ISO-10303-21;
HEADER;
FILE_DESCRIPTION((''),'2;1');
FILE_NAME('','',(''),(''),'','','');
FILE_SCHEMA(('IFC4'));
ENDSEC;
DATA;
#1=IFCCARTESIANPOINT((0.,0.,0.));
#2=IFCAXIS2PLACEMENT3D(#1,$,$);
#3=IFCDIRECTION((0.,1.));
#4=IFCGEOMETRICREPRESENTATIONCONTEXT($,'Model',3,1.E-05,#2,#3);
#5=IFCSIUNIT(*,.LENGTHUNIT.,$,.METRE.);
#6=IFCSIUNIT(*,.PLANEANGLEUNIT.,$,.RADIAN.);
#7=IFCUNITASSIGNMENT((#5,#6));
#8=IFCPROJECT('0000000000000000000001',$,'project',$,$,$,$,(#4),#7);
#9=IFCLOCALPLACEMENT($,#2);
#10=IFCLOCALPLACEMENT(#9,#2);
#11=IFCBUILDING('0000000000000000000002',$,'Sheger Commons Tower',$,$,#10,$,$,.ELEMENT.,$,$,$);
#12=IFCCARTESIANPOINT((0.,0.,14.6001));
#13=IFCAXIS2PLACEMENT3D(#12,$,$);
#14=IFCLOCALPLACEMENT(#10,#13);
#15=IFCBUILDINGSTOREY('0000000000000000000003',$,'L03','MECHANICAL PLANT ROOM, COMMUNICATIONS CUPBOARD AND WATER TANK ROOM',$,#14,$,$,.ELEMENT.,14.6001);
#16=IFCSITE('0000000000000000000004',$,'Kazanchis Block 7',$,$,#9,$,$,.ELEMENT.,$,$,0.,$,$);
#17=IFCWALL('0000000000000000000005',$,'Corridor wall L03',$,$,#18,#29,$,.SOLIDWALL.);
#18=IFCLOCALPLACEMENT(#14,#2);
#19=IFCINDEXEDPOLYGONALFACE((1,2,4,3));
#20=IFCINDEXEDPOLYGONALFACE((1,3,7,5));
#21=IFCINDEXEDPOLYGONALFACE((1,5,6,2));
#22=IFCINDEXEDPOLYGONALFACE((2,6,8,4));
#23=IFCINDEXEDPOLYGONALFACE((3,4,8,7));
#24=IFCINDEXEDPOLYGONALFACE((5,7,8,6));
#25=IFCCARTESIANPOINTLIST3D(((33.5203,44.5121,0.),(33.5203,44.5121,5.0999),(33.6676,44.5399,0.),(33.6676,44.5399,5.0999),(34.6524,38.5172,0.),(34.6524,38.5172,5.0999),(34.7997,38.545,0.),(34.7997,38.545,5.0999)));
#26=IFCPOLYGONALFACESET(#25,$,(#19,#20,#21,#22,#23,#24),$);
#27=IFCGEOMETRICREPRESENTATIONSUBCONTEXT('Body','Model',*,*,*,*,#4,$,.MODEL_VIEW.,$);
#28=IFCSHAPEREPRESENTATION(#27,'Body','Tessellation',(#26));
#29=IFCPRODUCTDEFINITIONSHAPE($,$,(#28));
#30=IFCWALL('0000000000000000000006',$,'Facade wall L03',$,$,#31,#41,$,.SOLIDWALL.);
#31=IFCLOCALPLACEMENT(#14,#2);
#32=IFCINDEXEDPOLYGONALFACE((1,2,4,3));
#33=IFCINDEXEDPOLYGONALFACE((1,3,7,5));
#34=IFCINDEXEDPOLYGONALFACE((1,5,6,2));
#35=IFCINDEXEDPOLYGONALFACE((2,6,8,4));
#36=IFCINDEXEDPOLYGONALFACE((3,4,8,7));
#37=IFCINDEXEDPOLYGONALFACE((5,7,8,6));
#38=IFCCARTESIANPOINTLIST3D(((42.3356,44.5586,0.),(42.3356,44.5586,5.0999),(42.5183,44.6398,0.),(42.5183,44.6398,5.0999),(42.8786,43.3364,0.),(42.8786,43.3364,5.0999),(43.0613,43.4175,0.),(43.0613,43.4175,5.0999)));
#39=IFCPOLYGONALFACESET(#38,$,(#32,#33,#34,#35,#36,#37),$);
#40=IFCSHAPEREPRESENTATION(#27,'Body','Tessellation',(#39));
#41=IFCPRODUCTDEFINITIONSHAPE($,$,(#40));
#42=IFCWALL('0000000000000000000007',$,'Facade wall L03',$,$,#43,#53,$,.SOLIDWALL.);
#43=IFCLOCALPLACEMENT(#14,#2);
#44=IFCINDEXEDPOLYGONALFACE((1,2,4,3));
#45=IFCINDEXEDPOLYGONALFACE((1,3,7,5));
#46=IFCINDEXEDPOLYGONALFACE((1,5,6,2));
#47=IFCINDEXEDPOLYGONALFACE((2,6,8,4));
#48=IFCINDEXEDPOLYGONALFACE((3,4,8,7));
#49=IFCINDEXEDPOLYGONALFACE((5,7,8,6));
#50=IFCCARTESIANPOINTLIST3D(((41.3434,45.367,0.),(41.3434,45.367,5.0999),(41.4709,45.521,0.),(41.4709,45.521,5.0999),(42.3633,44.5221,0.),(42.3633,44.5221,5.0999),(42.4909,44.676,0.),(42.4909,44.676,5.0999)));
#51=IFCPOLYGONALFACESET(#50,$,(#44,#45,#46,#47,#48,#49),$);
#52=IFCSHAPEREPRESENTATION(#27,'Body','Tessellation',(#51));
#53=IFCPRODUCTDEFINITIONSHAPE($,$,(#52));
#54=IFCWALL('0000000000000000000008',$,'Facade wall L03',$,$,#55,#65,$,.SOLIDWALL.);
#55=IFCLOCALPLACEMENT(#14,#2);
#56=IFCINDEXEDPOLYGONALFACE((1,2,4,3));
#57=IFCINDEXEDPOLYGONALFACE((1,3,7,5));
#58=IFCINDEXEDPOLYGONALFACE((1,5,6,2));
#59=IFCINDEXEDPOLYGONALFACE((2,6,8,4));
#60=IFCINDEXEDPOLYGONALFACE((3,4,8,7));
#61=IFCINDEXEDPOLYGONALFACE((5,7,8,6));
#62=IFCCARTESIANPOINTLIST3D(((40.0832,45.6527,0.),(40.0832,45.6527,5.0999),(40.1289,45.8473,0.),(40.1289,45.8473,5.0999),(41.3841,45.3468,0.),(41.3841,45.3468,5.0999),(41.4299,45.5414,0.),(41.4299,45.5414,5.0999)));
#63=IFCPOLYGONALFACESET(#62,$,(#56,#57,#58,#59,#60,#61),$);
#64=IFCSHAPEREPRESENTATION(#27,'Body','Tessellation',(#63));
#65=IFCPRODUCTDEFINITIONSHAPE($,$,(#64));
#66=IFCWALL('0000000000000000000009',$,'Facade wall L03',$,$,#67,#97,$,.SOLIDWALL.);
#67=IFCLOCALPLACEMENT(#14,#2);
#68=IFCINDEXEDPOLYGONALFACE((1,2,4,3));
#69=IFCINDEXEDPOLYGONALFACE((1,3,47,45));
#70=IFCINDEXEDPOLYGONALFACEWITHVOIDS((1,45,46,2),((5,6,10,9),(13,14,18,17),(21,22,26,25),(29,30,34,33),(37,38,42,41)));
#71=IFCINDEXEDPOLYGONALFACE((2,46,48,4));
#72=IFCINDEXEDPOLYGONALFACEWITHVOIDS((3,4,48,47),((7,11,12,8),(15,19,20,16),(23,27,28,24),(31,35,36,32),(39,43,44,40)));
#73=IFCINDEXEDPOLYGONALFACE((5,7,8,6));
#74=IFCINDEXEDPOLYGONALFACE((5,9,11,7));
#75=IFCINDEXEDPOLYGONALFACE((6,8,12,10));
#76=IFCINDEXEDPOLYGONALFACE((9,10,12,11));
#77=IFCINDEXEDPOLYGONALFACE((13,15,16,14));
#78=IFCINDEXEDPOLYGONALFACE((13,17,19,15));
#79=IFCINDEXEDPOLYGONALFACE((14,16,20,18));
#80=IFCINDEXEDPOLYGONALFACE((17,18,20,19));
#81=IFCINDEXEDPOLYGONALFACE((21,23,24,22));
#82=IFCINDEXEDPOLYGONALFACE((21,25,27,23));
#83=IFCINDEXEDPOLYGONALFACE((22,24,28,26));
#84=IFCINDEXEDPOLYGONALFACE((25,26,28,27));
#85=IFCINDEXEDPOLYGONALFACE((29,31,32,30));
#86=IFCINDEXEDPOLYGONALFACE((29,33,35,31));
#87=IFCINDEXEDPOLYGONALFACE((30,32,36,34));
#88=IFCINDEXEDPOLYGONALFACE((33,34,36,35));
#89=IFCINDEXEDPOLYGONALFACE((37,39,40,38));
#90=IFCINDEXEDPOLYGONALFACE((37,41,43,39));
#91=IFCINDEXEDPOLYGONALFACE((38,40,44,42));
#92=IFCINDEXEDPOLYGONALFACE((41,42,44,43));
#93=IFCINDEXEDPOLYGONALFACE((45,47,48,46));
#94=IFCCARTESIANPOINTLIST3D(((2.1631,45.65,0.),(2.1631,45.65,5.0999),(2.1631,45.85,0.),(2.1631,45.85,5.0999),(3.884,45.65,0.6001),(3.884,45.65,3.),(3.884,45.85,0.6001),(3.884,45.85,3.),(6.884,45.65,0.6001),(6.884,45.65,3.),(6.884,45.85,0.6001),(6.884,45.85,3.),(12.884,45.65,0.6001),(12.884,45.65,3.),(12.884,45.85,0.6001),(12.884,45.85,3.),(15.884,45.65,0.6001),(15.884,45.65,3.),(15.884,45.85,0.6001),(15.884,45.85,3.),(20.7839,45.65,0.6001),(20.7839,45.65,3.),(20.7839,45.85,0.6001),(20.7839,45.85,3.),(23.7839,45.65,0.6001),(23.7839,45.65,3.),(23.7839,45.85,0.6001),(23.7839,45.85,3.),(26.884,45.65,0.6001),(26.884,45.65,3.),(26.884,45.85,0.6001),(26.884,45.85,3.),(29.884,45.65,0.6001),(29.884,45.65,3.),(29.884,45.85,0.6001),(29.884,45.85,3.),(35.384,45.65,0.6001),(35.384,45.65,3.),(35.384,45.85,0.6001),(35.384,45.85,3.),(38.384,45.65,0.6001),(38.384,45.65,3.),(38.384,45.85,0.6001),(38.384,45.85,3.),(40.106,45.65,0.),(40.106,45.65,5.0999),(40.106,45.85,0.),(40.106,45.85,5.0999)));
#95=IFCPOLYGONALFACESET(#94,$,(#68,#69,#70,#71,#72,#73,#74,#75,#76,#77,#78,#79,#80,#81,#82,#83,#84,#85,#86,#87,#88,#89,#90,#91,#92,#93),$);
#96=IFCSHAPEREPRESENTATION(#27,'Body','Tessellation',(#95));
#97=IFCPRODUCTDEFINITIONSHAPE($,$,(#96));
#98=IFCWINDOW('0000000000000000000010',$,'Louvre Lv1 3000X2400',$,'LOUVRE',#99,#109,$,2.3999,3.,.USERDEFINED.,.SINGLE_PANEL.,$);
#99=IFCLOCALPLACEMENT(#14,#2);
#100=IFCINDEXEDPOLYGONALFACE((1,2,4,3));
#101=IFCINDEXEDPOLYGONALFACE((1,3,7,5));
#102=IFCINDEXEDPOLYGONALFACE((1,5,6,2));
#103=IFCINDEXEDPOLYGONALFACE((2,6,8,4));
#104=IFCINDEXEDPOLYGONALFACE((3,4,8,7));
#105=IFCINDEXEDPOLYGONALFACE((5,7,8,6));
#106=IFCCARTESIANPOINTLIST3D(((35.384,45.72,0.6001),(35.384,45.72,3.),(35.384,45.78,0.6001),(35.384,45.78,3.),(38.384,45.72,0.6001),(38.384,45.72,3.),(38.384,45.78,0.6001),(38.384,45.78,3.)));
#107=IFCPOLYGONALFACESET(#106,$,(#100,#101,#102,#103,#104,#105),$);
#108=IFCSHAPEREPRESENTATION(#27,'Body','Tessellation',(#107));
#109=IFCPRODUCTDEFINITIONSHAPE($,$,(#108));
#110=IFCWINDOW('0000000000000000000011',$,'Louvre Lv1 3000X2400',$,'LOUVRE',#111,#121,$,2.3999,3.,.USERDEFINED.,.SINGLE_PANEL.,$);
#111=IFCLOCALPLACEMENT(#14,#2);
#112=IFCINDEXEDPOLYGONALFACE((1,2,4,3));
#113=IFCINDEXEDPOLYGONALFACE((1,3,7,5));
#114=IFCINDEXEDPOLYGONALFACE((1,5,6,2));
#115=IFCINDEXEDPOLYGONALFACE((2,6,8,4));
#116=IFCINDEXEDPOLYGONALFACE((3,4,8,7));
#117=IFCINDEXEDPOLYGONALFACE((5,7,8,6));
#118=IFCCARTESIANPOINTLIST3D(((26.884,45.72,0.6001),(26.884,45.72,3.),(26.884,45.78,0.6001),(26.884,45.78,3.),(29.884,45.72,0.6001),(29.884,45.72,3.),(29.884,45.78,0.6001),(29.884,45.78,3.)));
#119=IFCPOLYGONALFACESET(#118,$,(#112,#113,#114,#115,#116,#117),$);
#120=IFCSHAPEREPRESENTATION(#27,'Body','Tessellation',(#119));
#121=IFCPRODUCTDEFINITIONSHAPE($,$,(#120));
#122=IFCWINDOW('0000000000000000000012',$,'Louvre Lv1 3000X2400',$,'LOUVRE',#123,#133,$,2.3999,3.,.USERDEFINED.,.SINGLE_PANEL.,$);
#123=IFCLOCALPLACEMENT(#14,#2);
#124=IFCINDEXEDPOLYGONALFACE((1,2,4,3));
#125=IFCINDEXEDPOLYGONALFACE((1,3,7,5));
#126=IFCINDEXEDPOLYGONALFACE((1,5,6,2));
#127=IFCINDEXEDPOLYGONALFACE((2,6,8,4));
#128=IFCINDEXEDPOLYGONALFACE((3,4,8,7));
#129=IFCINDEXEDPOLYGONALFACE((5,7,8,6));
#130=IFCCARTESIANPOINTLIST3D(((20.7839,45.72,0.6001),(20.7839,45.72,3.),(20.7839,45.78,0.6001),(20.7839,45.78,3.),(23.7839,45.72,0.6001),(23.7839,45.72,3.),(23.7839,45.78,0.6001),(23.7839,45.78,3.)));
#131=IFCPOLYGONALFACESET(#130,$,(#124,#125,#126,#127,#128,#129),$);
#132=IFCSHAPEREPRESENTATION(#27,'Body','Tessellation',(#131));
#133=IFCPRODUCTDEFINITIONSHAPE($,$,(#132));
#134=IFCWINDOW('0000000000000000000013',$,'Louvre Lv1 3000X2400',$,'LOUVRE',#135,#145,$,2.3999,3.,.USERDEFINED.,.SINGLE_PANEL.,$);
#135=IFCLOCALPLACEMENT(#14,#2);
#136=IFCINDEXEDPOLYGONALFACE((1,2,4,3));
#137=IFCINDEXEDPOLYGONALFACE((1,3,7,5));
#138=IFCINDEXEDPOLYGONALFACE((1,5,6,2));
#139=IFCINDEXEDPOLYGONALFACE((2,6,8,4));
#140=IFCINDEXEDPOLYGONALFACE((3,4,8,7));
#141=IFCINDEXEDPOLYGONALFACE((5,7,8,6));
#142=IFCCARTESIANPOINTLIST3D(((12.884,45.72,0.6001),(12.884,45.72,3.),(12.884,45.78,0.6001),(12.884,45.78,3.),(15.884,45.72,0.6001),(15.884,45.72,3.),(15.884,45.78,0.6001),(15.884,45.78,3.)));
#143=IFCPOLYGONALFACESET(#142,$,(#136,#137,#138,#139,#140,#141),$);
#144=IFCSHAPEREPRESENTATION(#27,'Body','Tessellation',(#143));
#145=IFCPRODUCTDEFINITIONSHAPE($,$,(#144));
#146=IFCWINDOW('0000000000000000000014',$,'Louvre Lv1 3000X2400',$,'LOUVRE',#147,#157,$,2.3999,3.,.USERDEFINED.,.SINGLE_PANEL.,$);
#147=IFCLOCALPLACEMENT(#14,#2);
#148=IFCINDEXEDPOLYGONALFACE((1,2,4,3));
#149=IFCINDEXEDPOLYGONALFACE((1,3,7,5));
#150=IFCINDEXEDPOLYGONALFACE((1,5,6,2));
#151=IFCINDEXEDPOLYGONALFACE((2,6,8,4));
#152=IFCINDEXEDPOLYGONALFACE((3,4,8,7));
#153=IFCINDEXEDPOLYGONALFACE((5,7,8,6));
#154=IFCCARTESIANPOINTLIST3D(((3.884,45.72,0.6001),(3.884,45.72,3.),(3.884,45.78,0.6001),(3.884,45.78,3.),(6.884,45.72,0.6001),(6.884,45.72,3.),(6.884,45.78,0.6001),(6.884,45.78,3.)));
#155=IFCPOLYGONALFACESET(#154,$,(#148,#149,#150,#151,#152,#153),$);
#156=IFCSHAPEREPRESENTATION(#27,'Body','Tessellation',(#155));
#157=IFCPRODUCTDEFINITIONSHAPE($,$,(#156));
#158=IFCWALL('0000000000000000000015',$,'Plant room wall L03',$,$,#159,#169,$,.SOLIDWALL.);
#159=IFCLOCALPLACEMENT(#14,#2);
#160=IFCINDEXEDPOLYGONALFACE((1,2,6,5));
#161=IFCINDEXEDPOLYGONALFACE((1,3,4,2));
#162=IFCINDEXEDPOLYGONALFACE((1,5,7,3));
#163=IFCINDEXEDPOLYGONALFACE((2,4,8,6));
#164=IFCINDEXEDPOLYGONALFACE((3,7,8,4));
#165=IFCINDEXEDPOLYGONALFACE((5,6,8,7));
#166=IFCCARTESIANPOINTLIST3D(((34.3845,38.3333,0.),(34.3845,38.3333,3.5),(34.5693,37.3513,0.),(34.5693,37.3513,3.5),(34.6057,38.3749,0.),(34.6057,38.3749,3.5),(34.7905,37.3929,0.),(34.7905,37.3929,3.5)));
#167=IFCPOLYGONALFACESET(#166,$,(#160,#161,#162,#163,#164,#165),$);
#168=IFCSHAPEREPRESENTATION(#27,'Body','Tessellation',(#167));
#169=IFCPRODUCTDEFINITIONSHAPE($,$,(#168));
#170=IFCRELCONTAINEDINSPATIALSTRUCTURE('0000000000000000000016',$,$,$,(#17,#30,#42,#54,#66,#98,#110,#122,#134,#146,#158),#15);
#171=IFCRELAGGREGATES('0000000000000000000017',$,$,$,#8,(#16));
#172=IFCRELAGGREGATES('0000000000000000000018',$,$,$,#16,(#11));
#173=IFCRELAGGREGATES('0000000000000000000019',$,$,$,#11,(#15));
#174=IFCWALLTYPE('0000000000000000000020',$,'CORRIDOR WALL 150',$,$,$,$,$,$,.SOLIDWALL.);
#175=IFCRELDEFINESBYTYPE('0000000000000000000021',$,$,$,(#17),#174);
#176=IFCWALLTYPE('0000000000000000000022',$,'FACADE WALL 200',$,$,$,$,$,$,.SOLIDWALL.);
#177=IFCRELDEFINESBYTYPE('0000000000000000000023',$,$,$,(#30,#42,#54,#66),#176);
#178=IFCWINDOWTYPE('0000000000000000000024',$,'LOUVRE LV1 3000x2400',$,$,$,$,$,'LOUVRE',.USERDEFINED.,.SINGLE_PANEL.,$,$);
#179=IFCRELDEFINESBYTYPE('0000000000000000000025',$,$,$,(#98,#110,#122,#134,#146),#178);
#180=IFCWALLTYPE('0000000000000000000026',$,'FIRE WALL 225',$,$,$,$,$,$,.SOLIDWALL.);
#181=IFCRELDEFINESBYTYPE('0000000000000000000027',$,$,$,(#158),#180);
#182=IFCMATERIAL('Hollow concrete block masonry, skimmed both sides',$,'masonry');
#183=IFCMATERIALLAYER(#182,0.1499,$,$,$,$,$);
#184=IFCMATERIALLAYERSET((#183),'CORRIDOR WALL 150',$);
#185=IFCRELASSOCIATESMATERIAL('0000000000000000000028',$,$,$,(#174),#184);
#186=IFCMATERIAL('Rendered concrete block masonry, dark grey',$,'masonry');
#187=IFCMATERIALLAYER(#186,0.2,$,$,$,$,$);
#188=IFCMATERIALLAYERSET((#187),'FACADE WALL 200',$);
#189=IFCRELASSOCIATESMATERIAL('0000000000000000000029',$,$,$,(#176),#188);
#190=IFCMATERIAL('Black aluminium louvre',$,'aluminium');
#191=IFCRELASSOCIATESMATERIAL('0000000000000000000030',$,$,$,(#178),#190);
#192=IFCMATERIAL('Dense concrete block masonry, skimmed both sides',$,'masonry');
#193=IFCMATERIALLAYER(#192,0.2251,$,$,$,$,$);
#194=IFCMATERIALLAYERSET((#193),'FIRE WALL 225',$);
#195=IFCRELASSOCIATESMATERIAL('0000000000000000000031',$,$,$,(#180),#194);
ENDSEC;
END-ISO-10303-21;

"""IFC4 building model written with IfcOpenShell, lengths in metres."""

from ifc_helpers import new_model, si_unit, direction, frame, frame_2d, origin, place, context, subcontext, project, spatial, rectangle, extrude, material, layer, layer_set, type_object, element, fill, save


model = new_model("IFC4")

# Units and contexts
model_context = context("Model", 3, precision=1e-05, world=origin(), true_north=direction((0.0, 1.0)))
body_context = subcontext(model_context, "Body", "Model", "MODEL_VIEW")
ifc_project = project(units=[si_unit("LENGTHUNIT", "METRE"), si_unit("PLANEANGLEUNIT", "RADIAN")], contexts=[model_context])

# Site, building, storey
site_placement = place(None, origin())
site = spatial("IfcSite", under=ifc_project, at=site_placement, Name="Kazanchis Block 7", CompositionType="ELEMENT", RefElevation=0.0)
building_placement = place(site_placement, origin())
building = spatial("IfcBuilding", under=site, at=building_placement, Name="Sheger Commons Tower", CompositionType="ELEMENT")
storey_placement = place(building_placement, frame((0.0, 0.0, 14.6001)))
storey = spatial("IfcBuildingStorey", under=building, at=storey_placement, Name="L03", Description="MECHANICAL PLANT ROOM, COMMUNICATIONS CUPBOARD AND WATER TANK ROOM", CompositionType="ELEMENT", Elevation=14.6001)

# Walls
ifc_material_1 = material(Name="Hollow concrete block masonry, skimmed both sides", Category="masonry")
ifc_layer_1 = layer(ifc_material_1, 0.1499)
ifc_layer_set_1 = layer_set([ifc_layer_1], Name="CORRIDOR WALL 150")
wall_type_1 = type_object("IfcWallType", Name="CORRIDOR WALL 150", PredefinedType="SOLIDWALL", material=ifc_layer_set_1)
wall_1_placement = place(storey_placement, frame((33.594, 44.5259, 0.0), z_axis=(0.0, 0.0, 1.0), x_axis=(0.185562, -0.982633, 0.0)))
element("IfcWall", 1, at=wall_1_placement, inside=storey, type_object=wall_type_1, Name="Corridor wall L03", PredefinedType="SOLIDWALL", context=body_context, shape_type="SweptSolid", body=[
    extrude(rectangle(XDim=6.1008, YDim=0.1499, at=frame_2d((3.0503, 0.0))), origin(), (0.0, 0.0, 1.0), 5.0999),
])
ifc_material_2 = material(Name="Rendered concrete block masonry, dark grey", Category="masonry")
ifc_layer_2 = layer(ifc_material_2, 0.2)
ifc_layer_set_2 = layer_set([ifc_layer_2], Name="FACADE WALL 200")
wall_type_2 = type_object("IfcWallType", Name="FACADE WALL 200", PredefinedType="SOLIDWALL", material=ifc_layer_set_2)
wall_2_placement = place(storey_placement, frame((42.97, 43.377, 0.0), z_axis=(0.0, 0.0, 1.0), x_axis=(-0.406003, 0.913872, 0.0)))
element("IfcWall", 2, at=wall_2_placement, inside=storey, type_object=wall_type_2, Name="Facade wall L03", PredefinedType="SOLIDWALL", context=body_context, shape_type="SweptSolid", body=[
    extrude(rectangle(XDim=1.3374, YDim=0.2, at=frame_2d((0.6687, 0.0))), origin(), (0.0, 0.0, 1.0), 5.0999),
])
wall_3_placement = place(storey_placement, frame((42.427, 44.5991, 0.0), z_axis=(0.0, 0.0, 1.0), x_axis=(-0.770091, 0.637934, 0.0)))
element("IfcWall", 3, at=wall_3_placement, inside=storey, type_object=wall_type_2, Name="Facade wall L03", PredefinedType="SOLIDWALL", context=body_context, shape_type="SweptSolid", body=[
    extrude(rectangle(XDim=1.3245, YDim=0.2, at=frame_2d((0.6621, 0.0))), origin(), (0.0, 0.0, 1.0), 5.0999),
])
wall_4_placement = place(storey_placement, frame((41.407, 45.4441, 0.0), z_axis=(0.0, 0.0, 1.0), x_axis=(-0.973453, 0.228887, 0.0)))
element("IfcWall", 4, at=wall_4_placement, inside=storey, type_object=wall_type_2, Name="Facade wall L03", PredefinedType="SOLIDWALL", context=body_context, shape_type="SweptSolid", body=[
    extrude(rectangle(XDim=1.3364, YDim=0.2, at=frame_2d((0.6682, 0.0))), origin(), (0.0, 0.0, 1.0), 5.0999),
])

# Wall, openings, windows
wall_5_placement = place(storey_placement, frame((40.106, 45.75, 0.0), z_axis=(0.0, 0.0, 1.0), x_axis=(-1.0, 0.0, 0.0)))
wall_5 = element("IfcWall", 5, at=wall_5_placement, inside=storey, type_object=wall_type_2, Name="Facade wall L03", PredefinedType="SOLIDWALL", context=body_context, shape_type="SweptSolid", body=[
    extrude(rectangle(XDim=37.9429, YDim=0.2, at=frame_2d((18.9714, 0.0))), origin(), (0.0, 0.0, 1.0), 5.0999),
])
opening_1_placement = place(wall_5_placement, frame((1.7219, 0.0, 0.6001)))
opening_1 = element("IfcOpeningElement", 6, at=opening_1_placement, cuts=wall_5, PredefinedType="OPENING", context=body_context, shape_type="SweptSolid", body=[
    extrude(rectangle(XDim=3.0, YDim=2.3999, at=frame_2d((1.5, 1.2))), frame((0.0, 0.1099, 0.0), z_axis=(0.0, -1.0, 0.0), x_axis=(1.0, 0.0, 0.0)), (0.0, 0.0, 1.0), 0.22),
])
opening_2_placement = place(wall_5_placement, frame((10.2219, 0.0, 0.6001)))
opening_2 = element("IfcOpeningElement", 7, at=opening_2_placement, cuts=wall_5, PredefinedType="OPENING", context=body_context, shape_type="SweptSolid", body=[
    extrude(rectangle(XDim=3.0, YDim=2.3999, at=frame_2d((1.5, 1.2))), frame((0.0, 0.1099, 0.0), z_axis=(0.0, -1.0, 0.0), x_axis=(1.0, 0.0, 0.0)), (0.0, 0.0, 1.0), 0.22),
])
opening_3_placement = place(wall_5_placement, frame((16.322, 0.0, 0.6001)))
opening_3 = element("IfcOpeningElement", 8, at=opening_3_placement, cuts=wall_5, PredefinedType="OPENING", context=body_context, shape_type="SweptSolid", body=[
    extrude(rectangle(XDim=3.0, YDim=2.3999, at=frame_2d((1.5, 1.2))), frame((0.0, 0.1099, 0.0), z_axis=(0.0, -1.0, 0.0), x_axis=(1.0, 0.0, 0.0)), (0.0, 0.0, 1.0), 0.22),
])
opening_4_placement = place(wall_5_placement, frame((24.2219, 0.0, 0.6001)))
opening_4 = element("IfcOpeningElement", 9, at=opening_4_placement, cuts=wall_5, PredefinedType="OPENING", context=body_context, shape_type="SweptSolid", body=[
    extrude(rectangle(XDim=3.0, YDim=2.3999, at=frame_2d((1.5, 1.2))), frame((0.0, 0.1099, 0.0), z_axis=(0.0, -1.0, 0.0), x_axis=(1.0, 0.0, 0.0)), (0.0, 0.0, 1.0), 0.22),
])
opening_5_placement = place(wall_5_placement, frame((33.2219, 0.0, 0.6001)))
opening_5 = element("IfcOpeningElement", 10, at=opening_5_placement, cuts=wall_5, PredefinedType="OPENING", context=body_context, shape_type="SweptSolid", body=[
    extrude(rectangle(XDim=3.0, YDim=2.3999, at=frame_2d((1.5, 1.2))), frame((0.0, 0.1099, 0.0), z_axis=(0.0, -1.0, 0.0), x_axis=(1.0, 0.0, 0.0)), (0.0, 0.0, 1.0), 0.22),
])
ifc_material_3 = material(Name="Black aluminium louvre", Category="aluminium")
window_type = type_object("IfcWindowType", Name="LOUVRE LV1 3000x2400", ElementType="LOUVRE", PartitioningType="SINGLE_PANEL", PredefinedType="USERDEFINED", material=ifc_material_3)
window_1_placement = place(opening_1_placement, origin())
window_1 = element("IfcWindow", 11, at=window_1_placement, inside=storey, type_object=window_type, Name="Louvre Lv1 3000X2400", ObjectType="LOUVRE", OverallHeight=2.3999, OverallWidth=3.0, PartitioningType="SINGLE_PANEL", PredefinedType="USERDEFINED", context=body_context, shape_type="SweptSolid", body=[
    extrude(rectangle(XDim=3.0, YDim=2.3999, at=frame_2d((1.5, 1.2))), frame((0.0, 0.03, 0.0), z_axis=(0.0, -1.0, 0.0), x_axis=(1.0, 0.0, 0.0)), (0.0, 0.0, 1.0), 0.0601),
])
fill(opening_1, window_1)
window_2_placement = place(opening_2_placement, origin())
window_2 = element("IfcWindow", 12, at=window_2_placement, inside=storey, type_object=window_type, Name="Louvre Lv1 3000X2400", ObjectType="LOUVRE", OverallHeight=2.3999, OverallWidth=3.0, PartitioningType="SINGLE_PANEL", PredefinedType="USERDEFINED", context=body_context, shape_type="SweptSolid", body=[
    extrude(rectangle(XDim=3.0, YDim=2.3999, at=frame_2d((1.5, 1.2))), frame((0.0, 0.03, 0.0), z_axis=(0.0, -1.0, 0.0), x_axis=(1.0, 0.0, 0.0)), (0.0, 0.0, 1.0), 0.0601),
])
fill(opening_2, window_2)
window_3_placement = place(opening_3_placement, origin())
window_3 = element("IfcWindow", 13, at=window_3_placement, inside=storey, type_object=window_type, Name="Louvre Lv1 3000X2400", ObjectType="LOUVRE", OverallHeight=2.3999, OverallWidth=3.0, PartitioningType="SINGLE_PANEL", PredefinedType="USERDEFINED", context=body_context, shape_type="SweptSolid", body=[
    extrude(rectangle(XDim=3.0, YDim=2.3999, at=frame_2d((1.5, 1.2))), frame((0.0, 0.03, 0.0), z_axis=(0.0, -1.0, 0.0), x_axis=(1.0, 0.0, 0.0)), (0.0, 0.0, 1.0), 0.0601),
])
fill(opening_3, window_3)
window_4_placement = place(opening_4_placement, origin())
window_4 = element("IfcWindow", 14, at=window_4_placement, inside=storey, type_object=window_type, Name="Louvre Lv1 3000X2400", ObjectType="LOUVRE", OverallHeight=2.3999, OverallWidth=3.0, PartitioningType="SINGLE_PANEL", PredefinedType="USERDEFINED", context=body_context, shape_type="SweptSolid", body=[
    extrude(rectangle(XDim=3.0, YDim=2.3999, at=frame_2d((1.5, 1.2))), frame((0.0, 0.03, 0.0), z_axis=(0.0, -1.0, 0.0), x_axis=(1.0, 0.0, 0.0)), (0.0, 0.0, 1.0), 0.0601),
])
fill(opening_4, window_4)
window_5_placement = place(opening_5_placement, origin())
window_5 = element("IfcWindow", 15, at=window_5_placement, inside=storey, type_object=window_type, Name="Louvre Lv1 3000X2400", ObjectType="LOUVRE", OverallHeight=2.3999, OverallWidth=3.0, PartitioningType="SINGLE_PANEL", PredefinedType="USERDEFINED", context=body_context, shape_type="SweptSolid", body=[
    extrude(rectangle(XDim=3.0, YDim=2.3999, at=frame_2d((1.5, 1.2))), frame((0.0, 0.03, 0.0), z_axis=(0.0, -1.0, 0.0), x_axis=(1.0, 0.0, 0.0)), (0.0, 0.0, 1.0), 0.0601),
])
fill(opening_5, window_5)

# Wall
ifc_material_4 = material(Name="Dense concrete block masonry, skimmed both sides", Category="masonry")
ifc_layer_3 = layer(ifc_material_4, 0.2251)
ifc_layer_set_3 = layer_set([ifc_layer_3], Name="FIRE WALL 225")
wall_type_3 = type_object("IfcWallType", Name="FIRE WALL 225", PredefinedType="SOLIDWALL", material=ifc_layer_set_3)
wall_6_placement = place(storey_placement, frame((34.4951, 38.354, 0.0), z_axis=(0.0, 0.0, 1.0), x_axis=(0.184967, -0.982745, 0.0)))
element("IfcWall", 16, at=wall_6_placement, inside=storey, type_object=wall_type_3, Name="Plant room wall L03", PredefinedType="SOLIDWALL", context=body_context, shape_type="SweptSolid", body=[
    extrude(rectangle(XDim=0.9993, YDim=0.2251, at=frame_2d((0.4995, 0.0))), origin(), (0.0, 0.0, 1.0), 3.5),
])

save(model, "model.ifc")
